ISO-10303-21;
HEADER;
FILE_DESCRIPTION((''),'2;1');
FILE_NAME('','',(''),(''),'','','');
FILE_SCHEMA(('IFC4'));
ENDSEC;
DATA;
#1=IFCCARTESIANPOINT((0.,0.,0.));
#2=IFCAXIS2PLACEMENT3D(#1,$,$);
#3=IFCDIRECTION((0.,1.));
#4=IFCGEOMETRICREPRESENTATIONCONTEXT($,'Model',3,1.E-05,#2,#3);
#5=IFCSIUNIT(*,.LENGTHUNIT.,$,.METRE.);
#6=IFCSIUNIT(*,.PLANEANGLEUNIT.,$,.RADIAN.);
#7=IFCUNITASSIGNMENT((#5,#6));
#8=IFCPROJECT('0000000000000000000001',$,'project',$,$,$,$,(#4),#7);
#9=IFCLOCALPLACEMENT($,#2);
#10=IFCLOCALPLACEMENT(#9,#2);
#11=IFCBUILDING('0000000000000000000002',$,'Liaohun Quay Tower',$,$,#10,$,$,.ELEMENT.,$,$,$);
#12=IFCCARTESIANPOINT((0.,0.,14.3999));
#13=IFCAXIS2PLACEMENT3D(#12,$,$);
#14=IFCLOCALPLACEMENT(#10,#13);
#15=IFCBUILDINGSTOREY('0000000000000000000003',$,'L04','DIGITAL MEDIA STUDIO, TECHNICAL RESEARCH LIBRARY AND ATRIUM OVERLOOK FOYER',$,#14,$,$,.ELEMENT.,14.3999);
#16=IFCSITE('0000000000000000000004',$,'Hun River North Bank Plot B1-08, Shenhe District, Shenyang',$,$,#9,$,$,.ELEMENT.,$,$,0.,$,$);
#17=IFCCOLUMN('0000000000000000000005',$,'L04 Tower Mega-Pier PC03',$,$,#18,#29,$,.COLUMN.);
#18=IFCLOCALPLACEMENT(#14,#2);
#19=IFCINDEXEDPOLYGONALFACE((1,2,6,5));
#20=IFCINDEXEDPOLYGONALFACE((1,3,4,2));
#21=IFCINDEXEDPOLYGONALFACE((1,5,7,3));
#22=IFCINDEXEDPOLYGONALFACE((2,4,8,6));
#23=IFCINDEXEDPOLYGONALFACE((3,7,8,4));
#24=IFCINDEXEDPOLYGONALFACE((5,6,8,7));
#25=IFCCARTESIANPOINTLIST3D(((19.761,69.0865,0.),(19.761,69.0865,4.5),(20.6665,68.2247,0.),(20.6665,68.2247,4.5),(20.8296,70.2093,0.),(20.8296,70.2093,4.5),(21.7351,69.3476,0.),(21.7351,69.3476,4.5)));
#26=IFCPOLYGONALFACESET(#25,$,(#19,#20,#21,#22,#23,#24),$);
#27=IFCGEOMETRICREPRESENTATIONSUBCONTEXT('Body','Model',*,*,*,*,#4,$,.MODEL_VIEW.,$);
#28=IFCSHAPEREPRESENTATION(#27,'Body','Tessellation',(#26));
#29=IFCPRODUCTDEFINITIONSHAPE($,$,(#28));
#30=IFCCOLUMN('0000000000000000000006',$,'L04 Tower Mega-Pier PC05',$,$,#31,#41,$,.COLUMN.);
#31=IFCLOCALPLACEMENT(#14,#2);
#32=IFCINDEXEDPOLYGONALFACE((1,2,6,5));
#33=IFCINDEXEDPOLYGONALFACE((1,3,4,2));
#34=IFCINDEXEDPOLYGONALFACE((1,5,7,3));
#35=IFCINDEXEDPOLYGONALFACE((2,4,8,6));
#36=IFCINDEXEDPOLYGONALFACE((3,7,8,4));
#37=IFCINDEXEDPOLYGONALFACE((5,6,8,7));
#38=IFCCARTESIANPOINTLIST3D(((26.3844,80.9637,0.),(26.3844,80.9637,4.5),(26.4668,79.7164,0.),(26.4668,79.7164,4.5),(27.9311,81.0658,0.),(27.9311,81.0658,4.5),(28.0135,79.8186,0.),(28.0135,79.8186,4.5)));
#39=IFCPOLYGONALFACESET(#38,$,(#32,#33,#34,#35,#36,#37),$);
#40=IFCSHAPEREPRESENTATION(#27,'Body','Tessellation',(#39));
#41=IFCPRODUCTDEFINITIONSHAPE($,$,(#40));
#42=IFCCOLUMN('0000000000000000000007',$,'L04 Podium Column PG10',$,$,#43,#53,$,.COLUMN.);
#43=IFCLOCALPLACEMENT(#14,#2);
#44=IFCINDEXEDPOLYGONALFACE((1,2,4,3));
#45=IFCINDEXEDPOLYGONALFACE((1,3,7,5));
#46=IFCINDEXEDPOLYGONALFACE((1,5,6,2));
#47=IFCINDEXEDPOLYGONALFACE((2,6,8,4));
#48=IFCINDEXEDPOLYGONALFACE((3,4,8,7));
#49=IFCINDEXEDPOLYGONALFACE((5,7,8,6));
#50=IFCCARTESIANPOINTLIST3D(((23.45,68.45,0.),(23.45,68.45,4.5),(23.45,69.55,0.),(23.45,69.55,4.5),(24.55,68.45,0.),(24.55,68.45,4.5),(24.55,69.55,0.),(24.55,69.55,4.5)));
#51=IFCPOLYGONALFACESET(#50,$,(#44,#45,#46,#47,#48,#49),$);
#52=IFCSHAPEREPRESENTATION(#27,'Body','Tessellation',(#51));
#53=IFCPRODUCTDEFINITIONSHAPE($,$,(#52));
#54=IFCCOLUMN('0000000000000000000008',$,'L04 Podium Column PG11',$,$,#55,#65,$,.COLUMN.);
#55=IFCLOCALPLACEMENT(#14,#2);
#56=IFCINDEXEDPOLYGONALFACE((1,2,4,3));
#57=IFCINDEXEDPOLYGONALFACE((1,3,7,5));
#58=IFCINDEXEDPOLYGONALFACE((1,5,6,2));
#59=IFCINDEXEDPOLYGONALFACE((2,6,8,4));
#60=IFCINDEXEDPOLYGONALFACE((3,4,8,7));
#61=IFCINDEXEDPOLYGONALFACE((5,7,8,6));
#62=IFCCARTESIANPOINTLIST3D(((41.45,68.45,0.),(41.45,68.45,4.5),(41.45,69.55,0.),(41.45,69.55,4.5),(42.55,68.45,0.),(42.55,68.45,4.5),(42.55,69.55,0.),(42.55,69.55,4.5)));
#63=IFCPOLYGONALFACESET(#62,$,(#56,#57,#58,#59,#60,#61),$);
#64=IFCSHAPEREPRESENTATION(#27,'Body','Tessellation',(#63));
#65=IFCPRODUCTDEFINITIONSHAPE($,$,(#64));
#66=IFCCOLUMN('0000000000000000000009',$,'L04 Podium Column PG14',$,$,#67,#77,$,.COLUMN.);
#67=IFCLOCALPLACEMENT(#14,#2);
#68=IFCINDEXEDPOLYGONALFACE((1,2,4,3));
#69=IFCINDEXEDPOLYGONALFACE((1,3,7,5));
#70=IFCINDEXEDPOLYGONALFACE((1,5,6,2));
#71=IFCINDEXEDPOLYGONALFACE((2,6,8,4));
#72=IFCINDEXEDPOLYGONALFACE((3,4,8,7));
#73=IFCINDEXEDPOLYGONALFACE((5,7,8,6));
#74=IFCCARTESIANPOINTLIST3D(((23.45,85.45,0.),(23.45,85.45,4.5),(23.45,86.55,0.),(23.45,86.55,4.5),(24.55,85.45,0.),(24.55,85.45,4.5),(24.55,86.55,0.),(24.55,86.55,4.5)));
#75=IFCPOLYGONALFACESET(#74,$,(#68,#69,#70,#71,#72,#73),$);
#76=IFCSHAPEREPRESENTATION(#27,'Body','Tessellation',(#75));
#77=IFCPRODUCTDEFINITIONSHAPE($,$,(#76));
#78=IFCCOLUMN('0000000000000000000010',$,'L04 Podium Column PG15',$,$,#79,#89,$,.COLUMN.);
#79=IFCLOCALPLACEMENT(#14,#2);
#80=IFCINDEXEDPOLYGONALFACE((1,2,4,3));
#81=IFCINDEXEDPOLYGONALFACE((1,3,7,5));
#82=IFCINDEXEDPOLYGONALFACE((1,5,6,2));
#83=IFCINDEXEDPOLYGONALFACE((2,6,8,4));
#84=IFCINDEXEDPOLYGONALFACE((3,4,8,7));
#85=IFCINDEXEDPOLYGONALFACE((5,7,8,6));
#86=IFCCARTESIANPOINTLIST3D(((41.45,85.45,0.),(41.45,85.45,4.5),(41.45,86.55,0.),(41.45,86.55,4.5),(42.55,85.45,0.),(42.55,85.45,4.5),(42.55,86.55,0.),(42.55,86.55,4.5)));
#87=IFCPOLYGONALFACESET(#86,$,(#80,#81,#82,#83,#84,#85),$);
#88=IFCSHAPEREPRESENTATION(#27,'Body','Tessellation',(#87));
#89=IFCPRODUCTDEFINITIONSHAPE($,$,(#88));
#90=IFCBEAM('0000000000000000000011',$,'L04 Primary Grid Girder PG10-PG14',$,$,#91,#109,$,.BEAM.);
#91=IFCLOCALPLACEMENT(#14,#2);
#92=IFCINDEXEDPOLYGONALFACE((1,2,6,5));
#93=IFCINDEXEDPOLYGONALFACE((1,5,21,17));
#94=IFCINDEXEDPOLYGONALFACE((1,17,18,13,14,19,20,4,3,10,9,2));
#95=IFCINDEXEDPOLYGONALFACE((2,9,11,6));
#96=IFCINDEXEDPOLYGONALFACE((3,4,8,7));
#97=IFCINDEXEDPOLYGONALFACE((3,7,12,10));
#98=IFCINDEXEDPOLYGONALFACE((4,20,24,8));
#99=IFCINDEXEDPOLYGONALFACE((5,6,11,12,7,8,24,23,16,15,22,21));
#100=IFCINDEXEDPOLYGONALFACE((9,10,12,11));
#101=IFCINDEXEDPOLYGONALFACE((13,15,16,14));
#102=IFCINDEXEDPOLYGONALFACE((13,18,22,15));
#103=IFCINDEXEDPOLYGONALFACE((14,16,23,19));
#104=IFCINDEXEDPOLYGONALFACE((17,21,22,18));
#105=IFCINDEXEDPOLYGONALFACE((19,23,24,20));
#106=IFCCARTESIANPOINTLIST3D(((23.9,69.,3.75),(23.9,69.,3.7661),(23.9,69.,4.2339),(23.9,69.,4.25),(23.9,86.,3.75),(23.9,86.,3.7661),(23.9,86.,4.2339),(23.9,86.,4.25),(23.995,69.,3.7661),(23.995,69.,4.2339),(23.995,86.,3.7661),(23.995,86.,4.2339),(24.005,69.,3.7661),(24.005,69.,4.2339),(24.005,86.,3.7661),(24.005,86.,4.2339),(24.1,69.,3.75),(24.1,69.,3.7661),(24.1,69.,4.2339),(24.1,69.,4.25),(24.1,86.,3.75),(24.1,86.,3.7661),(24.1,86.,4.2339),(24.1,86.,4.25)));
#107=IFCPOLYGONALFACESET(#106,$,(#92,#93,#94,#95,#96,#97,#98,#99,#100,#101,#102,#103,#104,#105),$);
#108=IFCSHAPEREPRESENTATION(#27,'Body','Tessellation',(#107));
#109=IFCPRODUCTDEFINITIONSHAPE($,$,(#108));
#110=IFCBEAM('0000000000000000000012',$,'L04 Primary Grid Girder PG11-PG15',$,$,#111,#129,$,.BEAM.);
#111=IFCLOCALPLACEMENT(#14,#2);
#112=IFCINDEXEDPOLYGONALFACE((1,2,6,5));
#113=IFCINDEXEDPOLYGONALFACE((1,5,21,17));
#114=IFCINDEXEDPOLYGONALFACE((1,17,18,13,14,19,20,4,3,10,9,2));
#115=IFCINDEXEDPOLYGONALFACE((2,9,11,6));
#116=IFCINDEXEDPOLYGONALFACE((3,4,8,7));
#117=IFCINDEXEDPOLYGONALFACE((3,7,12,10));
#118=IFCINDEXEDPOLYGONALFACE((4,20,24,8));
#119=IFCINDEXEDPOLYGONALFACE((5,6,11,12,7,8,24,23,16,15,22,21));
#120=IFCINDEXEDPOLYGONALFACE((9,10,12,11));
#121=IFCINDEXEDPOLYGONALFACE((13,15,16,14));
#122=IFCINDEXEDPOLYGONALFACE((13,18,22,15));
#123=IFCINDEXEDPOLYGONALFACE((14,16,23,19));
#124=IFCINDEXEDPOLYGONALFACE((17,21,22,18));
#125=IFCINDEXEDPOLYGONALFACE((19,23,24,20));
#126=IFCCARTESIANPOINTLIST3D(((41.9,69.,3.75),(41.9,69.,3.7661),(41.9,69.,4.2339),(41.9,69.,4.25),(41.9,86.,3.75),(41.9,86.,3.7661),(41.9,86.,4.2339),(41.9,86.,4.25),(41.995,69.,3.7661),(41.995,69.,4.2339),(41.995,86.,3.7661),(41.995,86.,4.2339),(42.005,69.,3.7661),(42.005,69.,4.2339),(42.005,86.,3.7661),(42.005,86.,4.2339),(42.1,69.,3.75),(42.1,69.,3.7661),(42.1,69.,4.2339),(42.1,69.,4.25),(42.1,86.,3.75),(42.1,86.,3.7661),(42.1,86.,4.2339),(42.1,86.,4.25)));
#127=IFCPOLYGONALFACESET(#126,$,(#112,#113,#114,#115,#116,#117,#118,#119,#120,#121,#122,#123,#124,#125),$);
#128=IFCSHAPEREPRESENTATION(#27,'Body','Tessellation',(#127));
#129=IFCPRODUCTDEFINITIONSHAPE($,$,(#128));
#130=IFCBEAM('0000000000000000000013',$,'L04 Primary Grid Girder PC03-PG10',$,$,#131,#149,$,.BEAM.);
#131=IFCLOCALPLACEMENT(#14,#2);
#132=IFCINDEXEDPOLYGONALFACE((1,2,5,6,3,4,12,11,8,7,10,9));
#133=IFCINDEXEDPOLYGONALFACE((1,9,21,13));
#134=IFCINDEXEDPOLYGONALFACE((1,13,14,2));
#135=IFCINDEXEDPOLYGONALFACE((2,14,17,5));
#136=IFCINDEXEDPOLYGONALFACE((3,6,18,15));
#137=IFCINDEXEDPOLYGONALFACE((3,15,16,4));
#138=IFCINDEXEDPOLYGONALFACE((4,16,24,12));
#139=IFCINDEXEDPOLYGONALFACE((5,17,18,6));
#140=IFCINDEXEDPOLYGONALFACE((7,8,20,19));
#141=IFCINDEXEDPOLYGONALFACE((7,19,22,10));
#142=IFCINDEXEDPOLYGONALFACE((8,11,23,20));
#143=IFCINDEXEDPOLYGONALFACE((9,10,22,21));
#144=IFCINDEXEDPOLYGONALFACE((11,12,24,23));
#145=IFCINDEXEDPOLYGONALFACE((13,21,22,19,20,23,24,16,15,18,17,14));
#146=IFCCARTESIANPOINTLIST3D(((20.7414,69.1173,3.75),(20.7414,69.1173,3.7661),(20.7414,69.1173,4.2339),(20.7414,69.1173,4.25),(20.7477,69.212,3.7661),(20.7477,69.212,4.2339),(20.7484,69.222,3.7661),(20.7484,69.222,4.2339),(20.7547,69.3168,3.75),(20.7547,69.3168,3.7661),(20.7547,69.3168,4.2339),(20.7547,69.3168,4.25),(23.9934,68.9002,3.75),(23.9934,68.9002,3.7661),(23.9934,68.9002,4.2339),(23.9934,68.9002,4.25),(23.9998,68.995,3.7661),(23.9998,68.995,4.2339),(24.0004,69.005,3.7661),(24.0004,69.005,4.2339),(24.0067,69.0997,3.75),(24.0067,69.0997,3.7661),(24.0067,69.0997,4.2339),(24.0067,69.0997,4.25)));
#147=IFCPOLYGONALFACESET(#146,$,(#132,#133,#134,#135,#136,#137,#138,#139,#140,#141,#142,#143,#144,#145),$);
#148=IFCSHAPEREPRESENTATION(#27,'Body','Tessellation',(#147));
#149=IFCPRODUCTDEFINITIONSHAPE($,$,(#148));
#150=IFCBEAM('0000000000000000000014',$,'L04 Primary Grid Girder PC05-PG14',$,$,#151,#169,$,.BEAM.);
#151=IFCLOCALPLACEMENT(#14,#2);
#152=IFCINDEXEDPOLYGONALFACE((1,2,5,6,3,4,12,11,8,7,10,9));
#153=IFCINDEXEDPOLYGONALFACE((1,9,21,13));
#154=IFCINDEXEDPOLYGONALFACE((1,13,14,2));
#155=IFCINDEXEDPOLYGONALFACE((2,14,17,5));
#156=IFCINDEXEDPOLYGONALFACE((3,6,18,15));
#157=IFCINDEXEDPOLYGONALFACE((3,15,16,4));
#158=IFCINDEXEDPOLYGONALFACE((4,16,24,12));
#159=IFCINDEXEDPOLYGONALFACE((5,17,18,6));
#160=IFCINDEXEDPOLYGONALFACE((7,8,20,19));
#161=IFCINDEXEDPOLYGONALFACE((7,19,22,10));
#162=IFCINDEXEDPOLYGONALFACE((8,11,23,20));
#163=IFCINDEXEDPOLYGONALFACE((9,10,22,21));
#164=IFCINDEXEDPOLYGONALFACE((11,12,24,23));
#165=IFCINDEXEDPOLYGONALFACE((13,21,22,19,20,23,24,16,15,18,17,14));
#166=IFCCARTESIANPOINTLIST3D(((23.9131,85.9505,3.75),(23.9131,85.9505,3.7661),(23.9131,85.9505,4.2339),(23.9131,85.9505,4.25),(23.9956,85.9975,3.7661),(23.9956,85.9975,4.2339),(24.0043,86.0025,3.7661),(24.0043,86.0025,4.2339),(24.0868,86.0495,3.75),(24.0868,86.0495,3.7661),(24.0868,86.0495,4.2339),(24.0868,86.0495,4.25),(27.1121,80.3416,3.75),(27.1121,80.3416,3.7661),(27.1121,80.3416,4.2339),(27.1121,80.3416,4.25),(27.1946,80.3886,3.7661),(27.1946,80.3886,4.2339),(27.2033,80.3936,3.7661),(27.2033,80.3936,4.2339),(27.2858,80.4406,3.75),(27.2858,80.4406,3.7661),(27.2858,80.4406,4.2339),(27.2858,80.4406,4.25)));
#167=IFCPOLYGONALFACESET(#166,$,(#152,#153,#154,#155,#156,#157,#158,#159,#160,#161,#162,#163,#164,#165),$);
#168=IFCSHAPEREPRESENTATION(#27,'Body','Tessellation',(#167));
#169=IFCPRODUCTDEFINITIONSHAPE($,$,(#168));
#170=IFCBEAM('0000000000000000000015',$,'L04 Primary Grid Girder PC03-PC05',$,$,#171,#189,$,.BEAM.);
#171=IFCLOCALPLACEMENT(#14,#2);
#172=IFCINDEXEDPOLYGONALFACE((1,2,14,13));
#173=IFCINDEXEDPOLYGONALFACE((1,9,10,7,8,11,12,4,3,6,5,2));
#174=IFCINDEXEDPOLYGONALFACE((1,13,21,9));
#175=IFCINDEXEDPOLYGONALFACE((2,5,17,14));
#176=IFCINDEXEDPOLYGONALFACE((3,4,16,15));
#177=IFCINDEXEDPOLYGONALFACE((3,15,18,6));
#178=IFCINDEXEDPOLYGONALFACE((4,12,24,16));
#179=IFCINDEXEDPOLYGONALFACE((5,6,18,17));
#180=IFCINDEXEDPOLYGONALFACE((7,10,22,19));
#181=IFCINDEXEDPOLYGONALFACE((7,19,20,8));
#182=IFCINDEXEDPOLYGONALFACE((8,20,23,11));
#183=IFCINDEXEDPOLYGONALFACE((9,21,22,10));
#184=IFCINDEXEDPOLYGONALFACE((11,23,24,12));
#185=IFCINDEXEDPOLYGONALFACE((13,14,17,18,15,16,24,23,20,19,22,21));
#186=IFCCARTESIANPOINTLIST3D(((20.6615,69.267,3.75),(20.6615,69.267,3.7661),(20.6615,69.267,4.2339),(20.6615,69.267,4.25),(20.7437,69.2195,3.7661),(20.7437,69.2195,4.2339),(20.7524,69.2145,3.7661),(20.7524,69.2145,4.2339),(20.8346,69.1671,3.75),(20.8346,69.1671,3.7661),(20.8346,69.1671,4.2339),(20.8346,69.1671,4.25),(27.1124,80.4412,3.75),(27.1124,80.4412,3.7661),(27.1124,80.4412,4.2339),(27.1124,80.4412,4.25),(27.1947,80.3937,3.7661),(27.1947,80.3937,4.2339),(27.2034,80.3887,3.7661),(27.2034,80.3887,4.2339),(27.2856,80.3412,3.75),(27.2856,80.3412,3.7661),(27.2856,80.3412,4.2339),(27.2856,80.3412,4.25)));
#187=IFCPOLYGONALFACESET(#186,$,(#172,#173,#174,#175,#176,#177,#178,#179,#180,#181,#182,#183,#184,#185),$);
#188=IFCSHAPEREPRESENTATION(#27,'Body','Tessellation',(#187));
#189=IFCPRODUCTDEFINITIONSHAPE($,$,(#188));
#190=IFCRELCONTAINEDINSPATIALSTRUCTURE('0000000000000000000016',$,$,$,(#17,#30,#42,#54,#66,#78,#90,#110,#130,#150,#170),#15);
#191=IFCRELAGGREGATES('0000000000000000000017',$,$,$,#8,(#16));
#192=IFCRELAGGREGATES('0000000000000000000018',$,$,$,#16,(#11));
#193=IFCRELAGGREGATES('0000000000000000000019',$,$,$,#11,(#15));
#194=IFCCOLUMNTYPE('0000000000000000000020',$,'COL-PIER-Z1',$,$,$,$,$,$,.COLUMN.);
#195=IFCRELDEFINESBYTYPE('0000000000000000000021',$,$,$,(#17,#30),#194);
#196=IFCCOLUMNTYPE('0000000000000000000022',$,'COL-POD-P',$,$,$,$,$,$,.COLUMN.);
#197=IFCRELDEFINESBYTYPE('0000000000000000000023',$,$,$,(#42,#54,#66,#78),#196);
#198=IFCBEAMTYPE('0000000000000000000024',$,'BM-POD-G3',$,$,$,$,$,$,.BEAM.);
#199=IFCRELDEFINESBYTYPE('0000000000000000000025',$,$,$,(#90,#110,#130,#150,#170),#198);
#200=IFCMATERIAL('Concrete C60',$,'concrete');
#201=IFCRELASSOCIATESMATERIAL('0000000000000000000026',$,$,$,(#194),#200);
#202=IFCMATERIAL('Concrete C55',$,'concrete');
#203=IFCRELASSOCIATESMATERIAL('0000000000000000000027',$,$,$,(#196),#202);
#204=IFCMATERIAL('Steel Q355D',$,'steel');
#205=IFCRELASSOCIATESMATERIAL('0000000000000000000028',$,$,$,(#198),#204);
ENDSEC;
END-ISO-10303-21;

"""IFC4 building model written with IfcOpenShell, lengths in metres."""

from ifc_helpers import new_model, si_unit, direction, frame, origin, origin_2d, place, context, subcontext, project, spatial, rectangle, i_section, extrude, source, transform, mapped, material, material_profile, profile_set, type_object, element, save


model = new_model("IFC4")

# Units and contexts
model_context = context("Model", 3, precision=1e-05, world=origin(), true_north=direction((0.0, 1.0)))
body_context = subcontext(model_context, "Body", "Model", "MODEL_VIEW")
ifc_project = project(units=[si_unit("LENGTHUNIT", "METRE"), si_unit("PLANEANGLEUNIT", "RADIAN")], contexts=[model_context])

# Site, building, storey
site_placement = place(None, origin())
site = spatial("IfcSite", under=ifc_project, at=site_placement, Name="Hun River North Bank Plot B1-08, Shenhe District, Shenyang", CompositionType="ELEMENT", RefElevation=0.0)
building_placement = place(site_placement, origin())
building = spatial("IfcBuilding", under=site, at=building_placement, Name="Liaohun Quay Tower", CompositionType="ELEMENT")
storey_placement = place(building_placement, frame((0.0, 0.0, 14.3999)))
storey = spatial("IfcBuildingStorey", under=building, at=storey_placement, Name="L04", Description="DIGITAL MEDIA STUDIO, TECHNICAL RESEARCH LIBRARY AND ATRIUM OVERLOOK FOYER", CompositionType="ELEMENT", Elevation=14.3999)

# Columns
ifc_material_1 = material(Name="Concrete C60", Category="concrete")
ifc_material_profile_1 = material_profile(ifc_material_1, rectangle(XDim=1.55, YDim=1.25, at=origin_2d()), Name="RC1550x1250")
ifc_profile_set_1 = profile_set([ifc_material_profile_1], Name="Concrete C60")
column_type_1 = type_object("IfcColumnType", Name="COL-PIER-Z1", PredefinedType="COLUMN", material=ifc_profile_set_1)
shared_shape_1 = source(origin(), body_context, "Body", "SweptSolid", [
    extrude(rectangle(XDim=1.55, YDim=1.25, at=origin_2d()), origin(), (0.0, 0.0, 1.0), 4.5),
])
for number, where, z_axis, x_axis, name in (
    (1, (20.748, 69.217, 0.0), (0.0, 0.0, 1.0), (0.689367, 0.724413, 0.0), "L04 Tower Mega-Pier PC03"),
    (2, (27.199, 80.3911, 0.0), (0.0, 0.0, 1.0), (0.997825, 0.065926, 0.0), "L04 Tower Mega-Pier PC05"),
):
    element("IfcColumn", number, at=place(storey_placement, frame(where, z_axis=z_axis, x_axis=x_axis)), inside=storey, type_object=column_type_1, Name=name, PredefinedType="COLUMN", context=body_context, shape_type="MappedRepresentation", body=[
        mapped(shared_shape_1, transform((0.0, 0.0, 0.0), x_axis=(1.0, 0.0, 0.0), y_axis=(0.0, 1.0, 0.0), z_axis=(0.0, 0.0, 1.0), scale=1.0)),
    ])
ifc_material_2 = material(Name="Concrete C55", Category="concrete")
ifc_material_profile_2 = material_profile(ifc_material_2, rectangle(XDim=1.1001, YDim=1.1001, at=origin_2d()), Name="RC1100x1100")
ifc_profile_set_2 = profile_set([ifc_material_profile_2], Name="Concrete C55")
column_type_2 = type_object("IfcColumnType", Name="COL-POD-P", PredefinedType="COLUMN", material=ifc_profile_set_2)
shared_shape_2 = source(origin(), body_context, "Body", "SweptSolid", [
    extrude(rectangle(XDim=1.1001, YDim=1.1001, at=origin_2d()), origin(), (0.0, 0.0, 1.0), 4.5),
])
for number, where, z_axis, x_axis, name in (
    (3, (24.0, 69.0, 0.0), (0.0, 0.0, 1.0), (1.0, 0.0, 0.0), "L04 Podium Column PG10"),
    (4, (42.0, 69.0, 0.0), (0.0, 0.0, 1.0), (1.0, 0.0, 0.0), "L04 Podium Column PG11"),
    (5, (24.0, 86.0, 0.0), (0.0, 0.0, 1.0), (1.0, 0.0, 0.0), "L04 Podium Column PG14"),
    (6, (42.0, 86.0, 0.0), (0.0, 0.0, 1.0), (1.0, 0.0, 0.0), "L04 Podium Column PG15"),
):
    element("IfcColumn", number, at=place(storey_placement, frame(where, z_axis=z_axis, x_axis=x_axis)), inside=storey, type_object=column_type_2, Name=name, PredefinedType="COLUMN", context=body_context, shape_type="MappedRepresentation", body=[
        mapped(shared_shape_2, transform((0.0, 0.0, 0.0), x_axis=(1.0, 0.0, 0.0), y_axis=(0.0, 1.0, 0.0), z_axis=(0.0, 0.0, 1.0), scale=1.0)),
    ])

# Beams
ifc_material_3 = material(Name="Steel Q355D", Category="steel")
ifc_material_profile_3 = material_profile(ifc_material_3, i_section(OverallWidth=0.2, OverallDepth=0.5, WebThickness=0.01, FlangeThickness=0.0161, at=origin_2d()), Name="HN500x200x10x16")
ifc_profile_set_3 = profile_set([ifc_material_profile_3], Name="Steel Q355D")
beam_type_1 = type_object("IfcBeamType", Name="BM-POD-G3", PredefinedType="BEAM", material=ifc_profile_set_3)
shared_shape_3 = source(origin(), body_context, "Body", "SweptSolid", [
    extrude(i_section(OverallWidth=0.2, OverallDepth=0.5, WebThickness=0.01, FlangeThickness=0.0161, at=origin_2d()), origin(), (0.0, 0.0, 1.0), 17.0),
])
for number, where, z_axis, x_axis, name in (
    (7, (24.0, 69.0, 4.0), (0.0, 1.0, 0.0), (-1.0, 0.0, 0.0), "L04 Primary Grid Girder PG10-PG14"),
    (8, (42.0, 69.0, 4.0), (0.0, 1.0, 0.0), (-1.0, 0.0, 0.0), "L04 Primary Grid Girder PG11-PG15"),
):
    element("IfcBeam", number, at=place(storey_placement, frame(where, z_axis=z_axis, x_axis=x_axis)), inside=storey, type_object=beam_type_1, Name=name, PredefinedType="BEAM", context=body_context, shape_type="MappedRepresentation", body=[
        mapped(shared_shape_3, transform((0.0, 0.0, 0.0), x_axis=(1.0, 0.0, 0.0), y_axis=(0.0, 1.0, 0.0), z_axis=(0.0, 0.0, 1.0), scale=1.0)),
    ])
shared_shape_4 = source(origin(), body_context, "Body", "SweptSolid", [
    extrude(i_section(OverallWidth=0.2, OverallDepth=0.5, WebThickness=0.01, FlangeThickness=0.0161, at=origin_2d()), origin(), (0.0, 0.0, 1.0), 3.2593),
])
beam_1_placement = place(storey_placement, frame((20.748, 69.217, 4.0), z_axis=(0.99778, -0.066594, 0.0), x_axis=(0.066594, 0.99778, 0.0)))
element("IfcBeam", 9, at=beam_1_placement, inside=storey, type_object=beam_type_1, Name="L04 Primary Grid Girder PC03-PG10", PredefinedType="BEAM", context=body_context, shape_type="MappedRepresentation", body=[
    mapped(shared_shape_4, transform((0.0, 0.0, 0.0), x_axis=(1.0, 0.0, 0.0), y_axis=(0.0, 1.0, 0.0), z_axis=(0.0, 0.0, 1.0), scale=1.0)),
])
shared_shape_5 = source(origin(), body_context, "Body", "SweptSolid", [
    extrude(i_section(OverallWidth=0.2, OverallDepth=0.5, WebThickness=0.01, FlangeThickness=0.0161, at=origin_2d()), origin(), (0.0, 0.0, 1.0), 6.457),
])
beam_2_placement = place(storey_placement, frame((27.199, 80.3911, 4.0), z_axis=(-0.495426, 0.86865, 0.0), x_axis=(-0.86865, -0.495426, 0.0)))
element("IfcBeam", 10, at=beam_2_placement, inside=storey, type_object=beam_type_1, Name="L04 Primary Grid Girder PC05-PG14", PredefinedType="BEAM", context=body_context, shape_type="MappedRepresentation", body=[
    mapped(shared_shape_5, transform((0.0, 0.0, 0.0), x_axis=(1.0, 0.0, 0.0), y_axis=(0.0, 1.0, 0.0), z_axis=(0.0, 0.0, 1.0), scale=1.0)),
])
shared_shape_6 = source(origin(), body_context, "Body", "SweptSolid", [
    extrude(i_section(OverallWidth=0.2, OverallDepth=0.5, WebThickness=0.01, FlangeThickness=0.0161, at=origin_2d()), origin(), (0.0, 0.0, 1.0), 12.9026),
])
beam_3_placement = place(storey_placement, frame((20.748, 69.217, 4.0), z_axis=(0.499975, 0.86604, 0.0), x_axis=(-0.86604, 0.499975, 0.0)))
element("IfcBeam", 11, at=beam_3_placement, inside=storey, type_object=beam_type_1, Name="L04 Primary Grid Girder PC03-PC05", PredefinedType="BEAM", context=body_context, shape_type="MappedRepresentation", body=[
    mapped(shared_shape_6, transform((0.0, 0.0, 0.0), x_axis=(1.0, 0.0, 0.0), y_axis=(0.0, 1.0, 0.0), z_axis=(0.0, 0.0, 1.0), scale=1.0)),
])

save(model, "model.ifc")
